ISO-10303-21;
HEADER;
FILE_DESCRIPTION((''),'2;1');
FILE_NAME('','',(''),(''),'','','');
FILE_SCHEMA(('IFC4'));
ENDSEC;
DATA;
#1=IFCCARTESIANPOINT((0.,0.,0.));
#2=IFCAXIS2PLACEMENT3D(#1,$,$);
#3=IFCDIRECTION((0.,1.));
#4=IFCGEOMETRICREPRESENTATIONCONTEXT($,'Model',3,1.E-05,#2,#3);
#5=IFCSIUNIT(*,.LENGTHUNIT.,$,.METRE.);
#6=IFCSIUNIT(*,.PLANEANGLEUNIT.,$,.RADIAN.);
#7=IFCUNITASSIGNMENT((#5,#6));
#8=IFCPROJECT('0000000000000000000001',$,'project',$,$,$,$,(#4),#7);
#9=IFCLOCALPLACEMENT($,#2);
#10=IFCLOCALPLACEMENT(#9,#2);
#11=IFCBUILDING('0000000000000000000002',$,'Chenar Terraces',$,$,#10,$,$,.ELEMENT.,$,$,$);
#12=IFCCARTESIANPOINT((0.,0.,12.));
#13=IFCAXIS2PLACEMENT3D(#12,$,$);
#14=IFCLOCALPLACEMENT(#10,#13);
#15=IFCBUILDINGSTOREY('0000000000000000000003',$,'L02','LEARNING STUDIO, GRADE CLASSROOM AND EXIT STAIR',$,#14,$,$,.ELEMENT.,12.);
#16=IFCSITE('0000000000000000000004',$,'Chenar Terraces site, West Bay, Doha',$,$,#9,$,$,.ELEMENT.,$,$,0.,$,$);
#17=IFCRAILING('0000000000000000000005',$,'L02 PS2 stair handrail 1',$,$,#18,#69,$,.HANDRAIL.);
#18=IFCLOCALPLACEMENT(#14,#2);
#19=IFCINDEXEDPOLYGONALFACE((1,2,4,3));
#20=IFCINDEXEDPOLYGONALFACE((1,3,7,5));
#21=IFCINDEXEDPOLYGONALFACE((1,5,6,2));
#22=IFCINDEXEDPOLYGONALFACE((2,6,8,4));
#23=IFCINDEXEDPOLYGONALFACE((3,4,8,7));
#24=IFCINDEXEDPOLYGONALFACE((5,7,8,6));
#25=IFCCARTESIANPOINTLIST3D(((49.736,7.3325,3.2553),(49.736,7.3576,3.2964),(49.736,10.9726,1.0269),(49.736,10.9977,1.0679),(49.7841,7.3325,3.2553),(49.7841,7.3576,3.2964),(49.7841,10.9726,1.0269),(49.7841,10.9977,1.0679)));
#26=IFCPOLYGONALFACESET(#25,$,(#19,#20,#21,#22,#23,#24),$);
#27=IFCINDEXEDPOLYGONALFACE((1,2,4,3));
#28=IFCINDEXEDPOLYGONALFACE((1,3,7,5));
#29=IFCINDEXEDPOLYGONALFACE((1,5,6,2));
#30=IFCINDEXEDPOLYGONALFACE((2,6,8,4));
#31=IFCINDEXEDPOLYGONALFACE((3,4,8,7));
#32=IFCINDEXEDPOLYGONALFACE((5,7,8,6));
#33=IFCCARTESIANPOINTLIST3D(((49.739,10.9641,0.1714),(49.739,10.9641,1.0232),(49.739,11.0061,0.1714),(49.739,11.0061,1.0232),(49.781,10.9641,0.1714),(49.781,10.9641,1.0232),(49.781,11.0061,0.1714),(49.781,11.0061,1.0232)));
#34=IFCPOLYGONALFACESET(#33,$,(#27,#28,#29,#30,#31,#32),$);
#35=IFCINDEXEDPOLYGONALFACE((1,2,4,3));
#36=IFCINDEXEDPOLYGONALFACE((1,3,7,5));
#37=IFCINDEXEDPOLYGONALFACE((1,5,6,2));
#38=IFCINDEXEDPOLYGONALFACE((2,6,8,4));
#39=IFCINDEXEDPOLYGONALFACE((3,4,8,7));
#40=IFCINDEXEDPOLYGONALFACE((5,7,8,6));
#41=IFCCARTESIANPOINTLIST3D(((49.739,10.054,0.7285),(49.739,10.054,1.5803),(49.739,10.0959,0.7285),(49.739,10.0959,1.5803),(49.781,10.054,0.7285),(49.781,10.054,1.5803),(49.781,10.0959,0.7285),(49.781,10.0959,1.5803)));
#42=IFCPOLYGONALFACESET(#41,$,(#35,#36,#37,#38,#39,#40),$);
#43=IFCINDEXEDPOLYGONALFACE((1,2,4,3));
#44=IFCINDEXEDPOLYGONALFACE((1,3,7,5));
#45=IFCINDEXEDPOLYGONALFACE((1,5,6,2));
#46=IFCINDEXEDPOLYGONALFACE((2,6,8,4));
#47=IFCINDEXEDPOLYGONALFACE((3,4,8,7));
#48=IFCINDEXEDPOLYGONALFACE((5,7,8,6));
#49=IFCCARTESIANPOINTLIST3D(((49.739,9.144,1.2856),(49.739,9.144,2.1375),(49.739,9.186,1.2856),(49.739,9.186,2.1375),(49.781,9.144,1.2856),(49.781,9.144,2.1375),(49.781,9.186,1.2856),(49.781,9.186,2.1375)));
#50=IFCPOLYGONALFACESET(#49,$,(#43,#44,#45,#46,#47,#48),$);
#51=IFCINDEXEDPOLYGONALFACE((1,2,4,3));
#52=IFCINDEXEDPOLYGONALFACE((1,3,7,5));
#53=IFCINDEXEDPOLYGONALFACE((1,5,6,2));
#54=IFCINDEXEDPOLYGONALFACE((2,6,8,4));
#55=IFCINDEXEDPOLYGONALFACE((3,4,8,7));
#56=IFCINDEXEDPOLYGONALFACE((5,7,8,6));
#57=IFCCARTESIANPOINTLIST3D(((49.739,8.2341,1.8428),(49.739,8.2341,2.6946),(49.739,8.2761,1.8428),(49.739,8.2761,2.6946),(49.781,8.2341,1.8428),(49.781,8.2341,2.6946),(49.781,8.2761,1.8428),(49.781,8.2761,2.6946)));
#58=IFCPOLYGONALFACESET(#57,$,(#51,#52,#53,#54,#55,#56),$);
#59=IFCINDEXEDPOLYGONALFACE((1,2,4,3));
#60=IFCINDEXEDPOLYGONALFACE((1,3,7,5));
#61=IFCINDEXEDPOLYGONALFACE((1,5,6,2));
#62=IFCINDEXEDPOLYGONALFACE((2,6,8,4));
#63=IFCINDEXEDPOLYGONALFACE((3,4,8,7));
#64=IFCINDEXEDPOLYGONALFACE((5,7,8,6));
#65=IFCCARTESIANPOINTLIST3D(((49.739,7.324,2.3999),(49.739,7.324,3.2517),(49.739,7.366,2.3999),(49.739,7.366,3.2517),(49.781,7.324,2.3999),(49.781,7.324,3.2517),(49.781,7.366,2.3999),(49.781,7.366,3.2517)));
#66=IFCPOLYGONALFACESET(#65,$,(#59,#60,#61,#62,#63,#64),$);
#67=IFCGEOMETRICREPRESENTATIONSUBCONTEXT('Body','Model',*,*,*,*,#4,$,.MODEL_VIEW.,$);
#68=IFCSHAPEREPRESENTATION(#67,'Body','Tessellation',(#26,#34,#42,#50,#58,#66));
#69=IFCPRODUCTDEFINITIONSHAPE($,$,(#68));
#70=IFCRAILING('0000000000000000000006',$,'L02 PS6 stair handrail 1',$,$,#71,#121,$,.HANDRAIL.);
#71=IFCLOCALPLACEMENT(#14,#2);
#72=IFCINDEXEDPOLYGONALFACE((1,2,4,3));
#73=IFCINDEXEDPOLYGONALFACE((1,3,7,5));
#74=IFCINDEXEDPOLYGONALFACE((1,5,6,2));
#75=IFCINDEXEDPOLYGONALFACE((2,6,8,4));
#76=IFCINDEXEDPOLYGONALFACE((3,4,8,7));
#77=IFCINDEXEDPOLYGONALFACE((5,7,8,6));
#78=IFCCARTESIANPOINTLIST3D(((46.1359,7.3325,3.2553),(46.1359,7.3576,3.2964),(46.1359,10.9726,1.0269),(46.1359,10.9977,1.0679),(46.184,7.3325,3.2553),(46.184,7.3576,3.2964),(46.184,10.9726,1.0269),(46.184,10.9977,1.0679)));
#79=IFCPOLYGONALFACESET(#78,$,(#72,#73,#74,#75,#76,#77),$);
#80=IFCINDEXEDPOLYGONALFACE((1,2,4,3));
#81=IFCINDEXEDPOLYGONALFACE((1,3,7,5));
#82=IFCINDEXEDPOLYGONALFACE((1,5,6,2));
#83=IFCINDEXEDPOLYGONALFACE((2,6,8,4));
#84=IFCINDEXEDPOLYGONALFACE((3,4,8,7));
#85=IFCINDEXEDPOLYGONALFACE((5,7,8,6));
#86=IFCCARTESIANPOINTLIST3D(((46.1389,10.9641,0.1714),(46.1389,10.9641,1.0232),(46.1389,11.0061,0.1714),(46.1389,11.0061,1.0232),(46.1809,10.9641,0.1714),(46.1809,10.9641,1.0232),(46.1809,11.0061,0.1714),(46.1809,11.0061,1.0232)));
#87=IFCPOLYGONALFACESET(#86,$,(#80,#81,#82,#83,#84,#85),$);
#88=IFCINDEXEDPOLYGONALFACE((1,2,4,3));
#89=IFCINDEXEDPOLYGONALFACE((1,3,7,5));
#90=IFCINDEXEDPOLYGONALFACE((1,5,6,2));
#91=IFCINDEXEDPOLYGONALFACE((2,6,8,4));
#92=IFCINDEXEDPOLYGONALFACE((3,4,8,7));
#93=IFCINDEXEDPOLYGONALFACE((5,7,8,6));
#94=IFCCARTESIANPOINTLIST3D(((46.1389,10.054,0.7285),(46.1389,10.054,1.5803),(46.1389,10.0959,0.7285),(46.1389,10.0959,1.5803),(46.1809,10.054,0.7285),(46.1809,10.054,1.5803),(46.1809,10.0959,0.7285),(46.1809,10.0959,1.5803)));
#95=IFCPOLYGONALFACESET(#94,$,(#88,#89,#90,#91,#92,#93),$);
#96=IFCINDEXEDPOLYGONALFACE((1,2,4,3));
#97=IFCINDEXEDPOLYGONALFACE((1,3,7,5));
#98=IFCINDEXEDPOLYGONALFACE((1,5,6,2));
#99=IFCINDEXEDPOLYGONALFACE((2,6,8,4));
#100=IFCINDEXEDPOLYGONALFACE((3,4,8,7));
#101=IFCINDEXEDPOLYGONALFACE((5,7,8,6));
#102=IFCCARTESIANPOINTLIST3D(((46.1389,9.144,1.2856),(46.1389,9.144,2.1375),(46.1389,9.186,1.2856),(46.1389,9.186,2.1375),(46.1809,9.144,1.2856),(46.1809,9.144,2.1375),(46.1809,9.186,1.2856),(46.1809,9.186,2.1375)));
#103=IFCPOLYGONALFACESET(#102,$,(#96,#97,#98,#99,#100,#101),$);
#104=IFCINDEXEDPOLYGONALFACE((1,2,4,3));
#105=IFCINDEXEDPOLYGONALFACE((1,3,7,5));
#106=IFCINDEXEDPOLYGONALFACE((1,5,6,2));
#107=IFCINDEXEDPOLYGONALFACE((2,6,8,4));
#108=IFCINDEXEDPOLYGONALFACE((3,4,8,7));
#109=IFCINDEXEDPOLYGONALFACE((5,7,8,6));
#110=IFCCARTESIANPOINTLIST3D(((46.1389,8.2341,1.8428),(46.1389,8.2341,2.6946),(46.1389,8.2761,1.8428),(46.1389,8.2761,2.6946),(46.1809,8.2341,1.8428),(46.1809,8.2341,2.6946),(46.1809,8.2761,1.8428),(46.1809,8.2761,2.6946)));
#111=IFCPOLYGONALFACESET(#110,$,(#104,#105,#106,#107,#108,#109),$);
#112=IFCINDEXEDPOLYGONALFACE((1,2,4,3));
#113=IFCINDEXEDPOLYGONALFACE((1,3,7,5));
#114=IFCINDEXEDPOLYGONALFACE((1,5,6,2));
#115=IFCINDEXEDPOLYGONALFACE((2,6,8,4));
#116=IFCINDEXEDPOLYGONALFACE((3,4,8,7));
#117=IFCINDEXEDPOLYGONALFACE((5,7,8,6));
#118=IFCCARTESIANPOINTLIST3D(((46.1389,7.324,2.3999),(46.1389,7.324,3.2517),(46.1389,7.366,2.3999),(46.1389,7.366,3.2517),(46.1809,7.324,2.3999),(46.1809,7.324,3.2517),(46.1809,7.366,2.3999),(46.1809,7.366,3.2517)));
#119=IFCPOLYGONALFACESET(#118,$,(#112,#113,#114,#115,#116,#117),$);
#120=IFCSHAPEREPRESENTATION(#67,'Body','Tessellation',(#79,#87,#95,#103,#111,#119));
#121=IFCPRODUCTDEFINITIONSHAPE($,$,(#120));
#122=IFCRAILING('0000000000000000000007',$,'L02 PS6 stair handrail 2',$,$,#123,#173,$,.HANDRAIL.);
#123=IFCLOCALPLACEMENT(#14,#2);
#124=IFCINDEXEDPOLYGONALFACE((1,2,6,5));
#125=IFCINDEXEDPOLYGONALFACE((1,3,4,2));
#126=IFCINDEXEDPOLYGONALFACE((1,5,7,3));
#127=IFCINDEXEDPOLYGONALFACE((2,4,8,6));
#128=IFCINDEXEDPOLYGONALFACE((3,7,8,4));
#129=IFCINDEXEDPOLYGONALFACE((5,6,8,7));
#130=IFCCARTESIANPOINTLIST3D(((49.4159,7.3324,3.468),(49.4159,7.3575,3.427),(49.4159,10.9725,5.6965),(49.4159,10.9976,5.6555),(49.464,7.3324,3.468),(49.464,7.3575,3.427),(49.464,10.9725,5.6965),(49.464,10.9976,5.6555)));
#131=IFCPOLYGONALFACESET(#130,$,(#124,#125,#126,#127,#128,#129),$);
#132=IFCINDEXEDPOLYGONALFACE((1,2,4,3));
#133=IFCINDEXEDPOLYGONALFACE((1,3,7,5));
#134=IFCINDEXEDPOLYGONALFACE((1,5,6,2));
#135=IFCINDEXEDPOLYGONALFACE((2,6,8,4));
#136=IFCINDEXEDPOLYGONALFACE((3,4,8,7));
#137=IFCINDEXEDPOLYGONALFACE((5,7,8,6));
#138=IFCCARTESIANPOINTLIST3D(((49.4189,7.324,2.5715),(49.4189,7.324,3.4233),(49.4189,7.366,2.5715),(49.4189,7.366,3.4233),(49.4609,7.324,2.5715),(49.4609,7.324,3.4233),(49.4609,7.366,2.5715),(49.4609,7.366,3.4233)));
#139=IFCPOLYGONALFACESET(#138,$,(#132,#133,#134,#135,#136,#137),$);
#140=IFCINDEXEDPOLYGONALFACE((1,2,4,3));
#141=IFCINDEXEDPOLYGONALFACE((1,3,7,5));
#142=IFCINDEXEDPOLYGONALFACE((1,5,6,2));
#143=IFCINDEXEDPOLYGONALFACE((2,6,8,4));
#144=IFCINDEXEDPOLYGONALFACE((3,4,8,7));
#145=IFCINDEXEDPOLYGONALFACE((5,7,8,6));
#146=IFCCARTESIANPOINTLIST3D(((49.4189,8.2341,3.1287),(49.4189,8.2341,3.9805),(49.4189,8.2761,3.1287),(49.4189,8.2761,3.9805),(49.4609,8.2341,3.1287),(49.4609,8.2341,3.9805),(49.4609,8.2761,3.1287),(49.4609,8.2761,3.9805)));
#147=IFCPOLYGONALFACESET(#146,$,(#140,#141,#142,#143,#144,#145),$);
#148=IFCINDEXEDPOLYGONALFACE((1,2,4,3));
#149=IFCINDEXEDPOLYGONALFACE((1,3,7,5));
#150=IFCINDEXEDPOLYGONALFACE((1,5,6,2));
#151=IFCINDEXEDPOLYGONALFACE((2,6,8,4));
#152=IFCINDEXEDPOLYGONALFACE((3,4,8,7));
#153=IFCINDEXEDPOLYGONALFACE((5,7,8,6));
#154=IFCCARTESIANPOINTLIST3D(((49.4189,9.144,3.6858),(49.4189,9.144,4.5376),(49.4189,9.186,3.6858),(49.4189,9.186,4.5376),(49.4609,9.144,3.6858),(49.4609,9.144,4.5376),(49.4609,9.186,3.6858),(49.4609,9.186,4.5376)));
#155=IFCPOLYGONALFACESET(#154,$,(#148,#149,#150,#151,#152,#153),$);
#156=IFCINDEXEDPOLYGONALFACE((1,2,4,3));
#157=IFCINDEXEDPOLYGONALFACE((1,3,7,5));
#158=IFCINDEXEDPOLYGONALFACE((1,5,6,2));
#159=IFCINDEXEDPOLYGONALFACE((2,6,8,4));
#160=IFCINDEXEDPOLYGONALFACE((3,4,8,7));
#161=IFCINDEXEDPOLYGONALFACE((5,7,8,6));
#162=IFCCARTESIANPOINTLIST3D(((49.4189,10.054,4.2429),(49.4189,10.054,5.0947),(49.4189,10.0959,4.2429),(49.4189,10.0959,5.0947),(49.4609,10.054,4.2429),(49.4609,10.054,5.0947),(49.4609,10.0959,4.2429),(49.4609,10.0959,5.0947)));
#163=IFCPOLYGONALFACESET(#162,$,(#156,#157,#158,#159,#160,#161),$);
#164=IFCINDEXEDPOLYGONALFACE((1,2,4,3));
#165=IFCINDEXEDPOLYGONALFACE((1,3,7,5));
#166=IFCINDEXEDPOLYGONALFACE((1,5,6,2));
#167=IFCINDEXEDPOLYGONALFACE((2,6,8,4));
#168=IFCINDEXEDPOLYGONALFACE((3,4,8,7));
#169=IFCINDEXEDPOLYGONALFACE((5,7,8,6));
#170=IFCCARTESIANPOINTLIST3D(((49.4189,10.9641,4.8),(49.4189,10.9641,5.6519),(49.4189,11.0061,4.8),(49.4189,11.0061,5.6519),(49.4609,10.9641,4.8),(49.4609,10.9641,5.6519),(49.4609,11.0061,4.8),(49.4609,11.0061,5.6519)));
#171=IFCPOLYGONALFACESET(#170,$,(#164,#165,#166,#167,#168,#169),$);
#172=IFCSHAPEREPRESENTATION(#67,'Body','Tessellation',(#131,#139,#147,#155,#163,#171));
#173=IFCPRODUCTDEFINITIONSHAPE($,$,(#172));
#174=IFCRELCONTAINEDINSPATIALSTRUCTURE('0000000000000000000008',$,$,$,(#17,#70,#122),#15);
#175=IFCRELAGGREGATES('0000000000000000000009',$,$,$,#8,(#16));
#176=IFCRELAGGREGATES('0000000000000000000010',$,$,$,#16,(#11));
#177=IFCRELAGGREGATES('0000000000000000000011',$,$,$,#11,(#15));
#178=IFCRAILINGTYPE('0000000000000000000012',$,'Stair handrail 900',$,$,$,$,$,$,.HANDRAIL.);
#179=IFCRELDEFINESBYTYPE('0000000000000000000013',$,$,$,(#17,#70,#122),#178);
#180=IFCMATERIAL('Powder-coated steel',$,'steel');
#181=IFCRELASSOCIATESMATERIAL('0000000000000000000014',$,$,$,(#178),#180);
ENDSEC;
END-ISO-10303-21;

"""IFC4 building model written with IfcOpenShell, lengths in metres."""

from ifc_helpers import new_model, si_unit, direction, frame, origin, origin_2d, place, context, subcontext, project, spatial, rectangle, extrude, material, type_object, element, save


model = new_model("IFC4")

# Units and contexts
model_context = context("Model", 3, precision=1e-05, world=origin(), true_north=direction((0.0, 1.0)))
body_context = subcontext(model_context, "Body", "Model", "MODEL_VIEW")
ifc_project = project(units=[si_unit("LENGTHUNIT", "METRE"), si_unit("PLANEANGLEUNIT", "RADIAN")], contexts=[model_context])

# Site, building, storey
site_placement = place(None, origin())
site = spatial("IfcSite", under=ifc_project, at=site_placement, Name="Chenar Terraces site, West Bay, Doha", CompositionType="ELEMENT", RefElevation=0.0)
building_placement = place(site_placement, origin())
building = spatial("IfcBuilding", under=site, at=building_placement, Name="Chenar Terraces", CompositionType="ELEMENT")
storey_placement = place(building_placement, frame((0.0, 0.0, 12.0)))
storey = spatial("IfcBuildingStorey", under=building, at=storey_placement, Name="L02", Description="LEARNING STUDIO, GRADE CLASSROOM AND EXIT STAIR", CompositionType="ELEMENT", Elevation=12.0)

# Railings
ifc_material_1 = material(Name="Powder-coated steel", Category="steel")
railing_type_1 = type_object("IfcRailingType", Name="Stair handrail 900", PredefinedType="HANDRAIL", material=ifc_material_1)
for number, where, name in (
    (1, (49.76, 10.9851, 0.1714), "L02 PS2 stair handrail 1"),
    (2, (46.1599, 10.9851, 0.1714), "L02 PS6 stair handrail 1"),
):
    element("IfcRailing", number, at=place(storey_placement, frame(where)), inside=storey, type_object=railing_type_1, Name=name, PredefinedType="HANDRAIL", context=body_context, shape_type="SweptSolid", body=[
        extrude(rectangle(XDim=0.0481, YDim=0.0481, at=origin_2d()), frame((0.0, 0.0, 0.876), z_axis=(0.0, -0.852866, 0.52213), x_axis=(1.0, 0.0, 0.0)), (0.0, 0.0, 1.0), 4.2681),
        extrude(rectangle(XDim=0.042, YDim=0.042, at=origin_2d()), origin(), (0.0, 0.0, 1.0), 0.8518),
        extrude(rectangle(XDim=0.042, YDim=0.042, at=origin_2d()), frame((0.0, -0.9102, 0.5571)), (0.0, 0.0, 1.0), 0.8518),
        extrude(rectangle(XDim=0.042, YDim=0.042, at=origin_2d()), frame((0.0, -1.8201, 1.1143)), (0.0, 0.0, 1.0), 0.8518),
        extrude(rectangle(XDim=0.042, YDim=0.042, at=origin_2d()), frame((0.0, -2.73, 1.6714)), (0.0, 0.0, 1.0), 0.8518),
        extrude(rectangle(XDim=0.042, YDim=0.042, at=origin_2d()), frame((0.0, -3.6401, 2.2285)), (0.0, 0.0, 1.0), 0.8518),
    ])
railing_1_placement = place(storey_placement, frame((49.4399, 7.345, 2.5715)))
element("IfcRailing", 3, at=railing_1_placement, inside=storey, type_object=railing_type_1, Name="L02 PS6 stair handrail 2", PredefinedType="HANDRAIL", context=body_context, shape_type="SweptSolid", body=[
    extrude(rectangle(XDim=0.0481, YDim=0.0481, at=origin_2d()), frame((0.0, 0.0, 0.876), z_axis=(0.0, 0.852866, 0.52213), x_axis=(-1.0, 0.0, 0.0)), (0.0, 0.0, 1.0), 4.2681),
    extrude(rectangle(XDim=0.042, YDim=0.042, at=origin_2d()), origin(), (0.0, 0.0, 1.0), 0.8518),
    extrude(rectangle(XDim=0.042, YDim=0.042, at=origin_2d()), frame((0.0, 0.9102, 0.5571)), (0.0, 0.0, 1.0), 0.8518),
    extrude(rectangle(XDim=0.042, YDim=0.042, at=origin_2d()), frame((0.0, 1.8201, 1.1143)), (0.0, 0.0, 1.0), 0.8518),
    extrude(rectangle(XDim=0.042, YDim=0.042, at=origin_2d()), frame((0.0, 2.73, 1.6714)), (0.0, 0.0, 1.0), 0.8518),
    extrude(rectangle(XDim=0.042, YDim=0.042, at=origin_2d()), frame((0.0, 3.6401, 2.2285)), (0.0, 0.0, 1.0), 0.8518),
])

save(model, "model.ifc")
